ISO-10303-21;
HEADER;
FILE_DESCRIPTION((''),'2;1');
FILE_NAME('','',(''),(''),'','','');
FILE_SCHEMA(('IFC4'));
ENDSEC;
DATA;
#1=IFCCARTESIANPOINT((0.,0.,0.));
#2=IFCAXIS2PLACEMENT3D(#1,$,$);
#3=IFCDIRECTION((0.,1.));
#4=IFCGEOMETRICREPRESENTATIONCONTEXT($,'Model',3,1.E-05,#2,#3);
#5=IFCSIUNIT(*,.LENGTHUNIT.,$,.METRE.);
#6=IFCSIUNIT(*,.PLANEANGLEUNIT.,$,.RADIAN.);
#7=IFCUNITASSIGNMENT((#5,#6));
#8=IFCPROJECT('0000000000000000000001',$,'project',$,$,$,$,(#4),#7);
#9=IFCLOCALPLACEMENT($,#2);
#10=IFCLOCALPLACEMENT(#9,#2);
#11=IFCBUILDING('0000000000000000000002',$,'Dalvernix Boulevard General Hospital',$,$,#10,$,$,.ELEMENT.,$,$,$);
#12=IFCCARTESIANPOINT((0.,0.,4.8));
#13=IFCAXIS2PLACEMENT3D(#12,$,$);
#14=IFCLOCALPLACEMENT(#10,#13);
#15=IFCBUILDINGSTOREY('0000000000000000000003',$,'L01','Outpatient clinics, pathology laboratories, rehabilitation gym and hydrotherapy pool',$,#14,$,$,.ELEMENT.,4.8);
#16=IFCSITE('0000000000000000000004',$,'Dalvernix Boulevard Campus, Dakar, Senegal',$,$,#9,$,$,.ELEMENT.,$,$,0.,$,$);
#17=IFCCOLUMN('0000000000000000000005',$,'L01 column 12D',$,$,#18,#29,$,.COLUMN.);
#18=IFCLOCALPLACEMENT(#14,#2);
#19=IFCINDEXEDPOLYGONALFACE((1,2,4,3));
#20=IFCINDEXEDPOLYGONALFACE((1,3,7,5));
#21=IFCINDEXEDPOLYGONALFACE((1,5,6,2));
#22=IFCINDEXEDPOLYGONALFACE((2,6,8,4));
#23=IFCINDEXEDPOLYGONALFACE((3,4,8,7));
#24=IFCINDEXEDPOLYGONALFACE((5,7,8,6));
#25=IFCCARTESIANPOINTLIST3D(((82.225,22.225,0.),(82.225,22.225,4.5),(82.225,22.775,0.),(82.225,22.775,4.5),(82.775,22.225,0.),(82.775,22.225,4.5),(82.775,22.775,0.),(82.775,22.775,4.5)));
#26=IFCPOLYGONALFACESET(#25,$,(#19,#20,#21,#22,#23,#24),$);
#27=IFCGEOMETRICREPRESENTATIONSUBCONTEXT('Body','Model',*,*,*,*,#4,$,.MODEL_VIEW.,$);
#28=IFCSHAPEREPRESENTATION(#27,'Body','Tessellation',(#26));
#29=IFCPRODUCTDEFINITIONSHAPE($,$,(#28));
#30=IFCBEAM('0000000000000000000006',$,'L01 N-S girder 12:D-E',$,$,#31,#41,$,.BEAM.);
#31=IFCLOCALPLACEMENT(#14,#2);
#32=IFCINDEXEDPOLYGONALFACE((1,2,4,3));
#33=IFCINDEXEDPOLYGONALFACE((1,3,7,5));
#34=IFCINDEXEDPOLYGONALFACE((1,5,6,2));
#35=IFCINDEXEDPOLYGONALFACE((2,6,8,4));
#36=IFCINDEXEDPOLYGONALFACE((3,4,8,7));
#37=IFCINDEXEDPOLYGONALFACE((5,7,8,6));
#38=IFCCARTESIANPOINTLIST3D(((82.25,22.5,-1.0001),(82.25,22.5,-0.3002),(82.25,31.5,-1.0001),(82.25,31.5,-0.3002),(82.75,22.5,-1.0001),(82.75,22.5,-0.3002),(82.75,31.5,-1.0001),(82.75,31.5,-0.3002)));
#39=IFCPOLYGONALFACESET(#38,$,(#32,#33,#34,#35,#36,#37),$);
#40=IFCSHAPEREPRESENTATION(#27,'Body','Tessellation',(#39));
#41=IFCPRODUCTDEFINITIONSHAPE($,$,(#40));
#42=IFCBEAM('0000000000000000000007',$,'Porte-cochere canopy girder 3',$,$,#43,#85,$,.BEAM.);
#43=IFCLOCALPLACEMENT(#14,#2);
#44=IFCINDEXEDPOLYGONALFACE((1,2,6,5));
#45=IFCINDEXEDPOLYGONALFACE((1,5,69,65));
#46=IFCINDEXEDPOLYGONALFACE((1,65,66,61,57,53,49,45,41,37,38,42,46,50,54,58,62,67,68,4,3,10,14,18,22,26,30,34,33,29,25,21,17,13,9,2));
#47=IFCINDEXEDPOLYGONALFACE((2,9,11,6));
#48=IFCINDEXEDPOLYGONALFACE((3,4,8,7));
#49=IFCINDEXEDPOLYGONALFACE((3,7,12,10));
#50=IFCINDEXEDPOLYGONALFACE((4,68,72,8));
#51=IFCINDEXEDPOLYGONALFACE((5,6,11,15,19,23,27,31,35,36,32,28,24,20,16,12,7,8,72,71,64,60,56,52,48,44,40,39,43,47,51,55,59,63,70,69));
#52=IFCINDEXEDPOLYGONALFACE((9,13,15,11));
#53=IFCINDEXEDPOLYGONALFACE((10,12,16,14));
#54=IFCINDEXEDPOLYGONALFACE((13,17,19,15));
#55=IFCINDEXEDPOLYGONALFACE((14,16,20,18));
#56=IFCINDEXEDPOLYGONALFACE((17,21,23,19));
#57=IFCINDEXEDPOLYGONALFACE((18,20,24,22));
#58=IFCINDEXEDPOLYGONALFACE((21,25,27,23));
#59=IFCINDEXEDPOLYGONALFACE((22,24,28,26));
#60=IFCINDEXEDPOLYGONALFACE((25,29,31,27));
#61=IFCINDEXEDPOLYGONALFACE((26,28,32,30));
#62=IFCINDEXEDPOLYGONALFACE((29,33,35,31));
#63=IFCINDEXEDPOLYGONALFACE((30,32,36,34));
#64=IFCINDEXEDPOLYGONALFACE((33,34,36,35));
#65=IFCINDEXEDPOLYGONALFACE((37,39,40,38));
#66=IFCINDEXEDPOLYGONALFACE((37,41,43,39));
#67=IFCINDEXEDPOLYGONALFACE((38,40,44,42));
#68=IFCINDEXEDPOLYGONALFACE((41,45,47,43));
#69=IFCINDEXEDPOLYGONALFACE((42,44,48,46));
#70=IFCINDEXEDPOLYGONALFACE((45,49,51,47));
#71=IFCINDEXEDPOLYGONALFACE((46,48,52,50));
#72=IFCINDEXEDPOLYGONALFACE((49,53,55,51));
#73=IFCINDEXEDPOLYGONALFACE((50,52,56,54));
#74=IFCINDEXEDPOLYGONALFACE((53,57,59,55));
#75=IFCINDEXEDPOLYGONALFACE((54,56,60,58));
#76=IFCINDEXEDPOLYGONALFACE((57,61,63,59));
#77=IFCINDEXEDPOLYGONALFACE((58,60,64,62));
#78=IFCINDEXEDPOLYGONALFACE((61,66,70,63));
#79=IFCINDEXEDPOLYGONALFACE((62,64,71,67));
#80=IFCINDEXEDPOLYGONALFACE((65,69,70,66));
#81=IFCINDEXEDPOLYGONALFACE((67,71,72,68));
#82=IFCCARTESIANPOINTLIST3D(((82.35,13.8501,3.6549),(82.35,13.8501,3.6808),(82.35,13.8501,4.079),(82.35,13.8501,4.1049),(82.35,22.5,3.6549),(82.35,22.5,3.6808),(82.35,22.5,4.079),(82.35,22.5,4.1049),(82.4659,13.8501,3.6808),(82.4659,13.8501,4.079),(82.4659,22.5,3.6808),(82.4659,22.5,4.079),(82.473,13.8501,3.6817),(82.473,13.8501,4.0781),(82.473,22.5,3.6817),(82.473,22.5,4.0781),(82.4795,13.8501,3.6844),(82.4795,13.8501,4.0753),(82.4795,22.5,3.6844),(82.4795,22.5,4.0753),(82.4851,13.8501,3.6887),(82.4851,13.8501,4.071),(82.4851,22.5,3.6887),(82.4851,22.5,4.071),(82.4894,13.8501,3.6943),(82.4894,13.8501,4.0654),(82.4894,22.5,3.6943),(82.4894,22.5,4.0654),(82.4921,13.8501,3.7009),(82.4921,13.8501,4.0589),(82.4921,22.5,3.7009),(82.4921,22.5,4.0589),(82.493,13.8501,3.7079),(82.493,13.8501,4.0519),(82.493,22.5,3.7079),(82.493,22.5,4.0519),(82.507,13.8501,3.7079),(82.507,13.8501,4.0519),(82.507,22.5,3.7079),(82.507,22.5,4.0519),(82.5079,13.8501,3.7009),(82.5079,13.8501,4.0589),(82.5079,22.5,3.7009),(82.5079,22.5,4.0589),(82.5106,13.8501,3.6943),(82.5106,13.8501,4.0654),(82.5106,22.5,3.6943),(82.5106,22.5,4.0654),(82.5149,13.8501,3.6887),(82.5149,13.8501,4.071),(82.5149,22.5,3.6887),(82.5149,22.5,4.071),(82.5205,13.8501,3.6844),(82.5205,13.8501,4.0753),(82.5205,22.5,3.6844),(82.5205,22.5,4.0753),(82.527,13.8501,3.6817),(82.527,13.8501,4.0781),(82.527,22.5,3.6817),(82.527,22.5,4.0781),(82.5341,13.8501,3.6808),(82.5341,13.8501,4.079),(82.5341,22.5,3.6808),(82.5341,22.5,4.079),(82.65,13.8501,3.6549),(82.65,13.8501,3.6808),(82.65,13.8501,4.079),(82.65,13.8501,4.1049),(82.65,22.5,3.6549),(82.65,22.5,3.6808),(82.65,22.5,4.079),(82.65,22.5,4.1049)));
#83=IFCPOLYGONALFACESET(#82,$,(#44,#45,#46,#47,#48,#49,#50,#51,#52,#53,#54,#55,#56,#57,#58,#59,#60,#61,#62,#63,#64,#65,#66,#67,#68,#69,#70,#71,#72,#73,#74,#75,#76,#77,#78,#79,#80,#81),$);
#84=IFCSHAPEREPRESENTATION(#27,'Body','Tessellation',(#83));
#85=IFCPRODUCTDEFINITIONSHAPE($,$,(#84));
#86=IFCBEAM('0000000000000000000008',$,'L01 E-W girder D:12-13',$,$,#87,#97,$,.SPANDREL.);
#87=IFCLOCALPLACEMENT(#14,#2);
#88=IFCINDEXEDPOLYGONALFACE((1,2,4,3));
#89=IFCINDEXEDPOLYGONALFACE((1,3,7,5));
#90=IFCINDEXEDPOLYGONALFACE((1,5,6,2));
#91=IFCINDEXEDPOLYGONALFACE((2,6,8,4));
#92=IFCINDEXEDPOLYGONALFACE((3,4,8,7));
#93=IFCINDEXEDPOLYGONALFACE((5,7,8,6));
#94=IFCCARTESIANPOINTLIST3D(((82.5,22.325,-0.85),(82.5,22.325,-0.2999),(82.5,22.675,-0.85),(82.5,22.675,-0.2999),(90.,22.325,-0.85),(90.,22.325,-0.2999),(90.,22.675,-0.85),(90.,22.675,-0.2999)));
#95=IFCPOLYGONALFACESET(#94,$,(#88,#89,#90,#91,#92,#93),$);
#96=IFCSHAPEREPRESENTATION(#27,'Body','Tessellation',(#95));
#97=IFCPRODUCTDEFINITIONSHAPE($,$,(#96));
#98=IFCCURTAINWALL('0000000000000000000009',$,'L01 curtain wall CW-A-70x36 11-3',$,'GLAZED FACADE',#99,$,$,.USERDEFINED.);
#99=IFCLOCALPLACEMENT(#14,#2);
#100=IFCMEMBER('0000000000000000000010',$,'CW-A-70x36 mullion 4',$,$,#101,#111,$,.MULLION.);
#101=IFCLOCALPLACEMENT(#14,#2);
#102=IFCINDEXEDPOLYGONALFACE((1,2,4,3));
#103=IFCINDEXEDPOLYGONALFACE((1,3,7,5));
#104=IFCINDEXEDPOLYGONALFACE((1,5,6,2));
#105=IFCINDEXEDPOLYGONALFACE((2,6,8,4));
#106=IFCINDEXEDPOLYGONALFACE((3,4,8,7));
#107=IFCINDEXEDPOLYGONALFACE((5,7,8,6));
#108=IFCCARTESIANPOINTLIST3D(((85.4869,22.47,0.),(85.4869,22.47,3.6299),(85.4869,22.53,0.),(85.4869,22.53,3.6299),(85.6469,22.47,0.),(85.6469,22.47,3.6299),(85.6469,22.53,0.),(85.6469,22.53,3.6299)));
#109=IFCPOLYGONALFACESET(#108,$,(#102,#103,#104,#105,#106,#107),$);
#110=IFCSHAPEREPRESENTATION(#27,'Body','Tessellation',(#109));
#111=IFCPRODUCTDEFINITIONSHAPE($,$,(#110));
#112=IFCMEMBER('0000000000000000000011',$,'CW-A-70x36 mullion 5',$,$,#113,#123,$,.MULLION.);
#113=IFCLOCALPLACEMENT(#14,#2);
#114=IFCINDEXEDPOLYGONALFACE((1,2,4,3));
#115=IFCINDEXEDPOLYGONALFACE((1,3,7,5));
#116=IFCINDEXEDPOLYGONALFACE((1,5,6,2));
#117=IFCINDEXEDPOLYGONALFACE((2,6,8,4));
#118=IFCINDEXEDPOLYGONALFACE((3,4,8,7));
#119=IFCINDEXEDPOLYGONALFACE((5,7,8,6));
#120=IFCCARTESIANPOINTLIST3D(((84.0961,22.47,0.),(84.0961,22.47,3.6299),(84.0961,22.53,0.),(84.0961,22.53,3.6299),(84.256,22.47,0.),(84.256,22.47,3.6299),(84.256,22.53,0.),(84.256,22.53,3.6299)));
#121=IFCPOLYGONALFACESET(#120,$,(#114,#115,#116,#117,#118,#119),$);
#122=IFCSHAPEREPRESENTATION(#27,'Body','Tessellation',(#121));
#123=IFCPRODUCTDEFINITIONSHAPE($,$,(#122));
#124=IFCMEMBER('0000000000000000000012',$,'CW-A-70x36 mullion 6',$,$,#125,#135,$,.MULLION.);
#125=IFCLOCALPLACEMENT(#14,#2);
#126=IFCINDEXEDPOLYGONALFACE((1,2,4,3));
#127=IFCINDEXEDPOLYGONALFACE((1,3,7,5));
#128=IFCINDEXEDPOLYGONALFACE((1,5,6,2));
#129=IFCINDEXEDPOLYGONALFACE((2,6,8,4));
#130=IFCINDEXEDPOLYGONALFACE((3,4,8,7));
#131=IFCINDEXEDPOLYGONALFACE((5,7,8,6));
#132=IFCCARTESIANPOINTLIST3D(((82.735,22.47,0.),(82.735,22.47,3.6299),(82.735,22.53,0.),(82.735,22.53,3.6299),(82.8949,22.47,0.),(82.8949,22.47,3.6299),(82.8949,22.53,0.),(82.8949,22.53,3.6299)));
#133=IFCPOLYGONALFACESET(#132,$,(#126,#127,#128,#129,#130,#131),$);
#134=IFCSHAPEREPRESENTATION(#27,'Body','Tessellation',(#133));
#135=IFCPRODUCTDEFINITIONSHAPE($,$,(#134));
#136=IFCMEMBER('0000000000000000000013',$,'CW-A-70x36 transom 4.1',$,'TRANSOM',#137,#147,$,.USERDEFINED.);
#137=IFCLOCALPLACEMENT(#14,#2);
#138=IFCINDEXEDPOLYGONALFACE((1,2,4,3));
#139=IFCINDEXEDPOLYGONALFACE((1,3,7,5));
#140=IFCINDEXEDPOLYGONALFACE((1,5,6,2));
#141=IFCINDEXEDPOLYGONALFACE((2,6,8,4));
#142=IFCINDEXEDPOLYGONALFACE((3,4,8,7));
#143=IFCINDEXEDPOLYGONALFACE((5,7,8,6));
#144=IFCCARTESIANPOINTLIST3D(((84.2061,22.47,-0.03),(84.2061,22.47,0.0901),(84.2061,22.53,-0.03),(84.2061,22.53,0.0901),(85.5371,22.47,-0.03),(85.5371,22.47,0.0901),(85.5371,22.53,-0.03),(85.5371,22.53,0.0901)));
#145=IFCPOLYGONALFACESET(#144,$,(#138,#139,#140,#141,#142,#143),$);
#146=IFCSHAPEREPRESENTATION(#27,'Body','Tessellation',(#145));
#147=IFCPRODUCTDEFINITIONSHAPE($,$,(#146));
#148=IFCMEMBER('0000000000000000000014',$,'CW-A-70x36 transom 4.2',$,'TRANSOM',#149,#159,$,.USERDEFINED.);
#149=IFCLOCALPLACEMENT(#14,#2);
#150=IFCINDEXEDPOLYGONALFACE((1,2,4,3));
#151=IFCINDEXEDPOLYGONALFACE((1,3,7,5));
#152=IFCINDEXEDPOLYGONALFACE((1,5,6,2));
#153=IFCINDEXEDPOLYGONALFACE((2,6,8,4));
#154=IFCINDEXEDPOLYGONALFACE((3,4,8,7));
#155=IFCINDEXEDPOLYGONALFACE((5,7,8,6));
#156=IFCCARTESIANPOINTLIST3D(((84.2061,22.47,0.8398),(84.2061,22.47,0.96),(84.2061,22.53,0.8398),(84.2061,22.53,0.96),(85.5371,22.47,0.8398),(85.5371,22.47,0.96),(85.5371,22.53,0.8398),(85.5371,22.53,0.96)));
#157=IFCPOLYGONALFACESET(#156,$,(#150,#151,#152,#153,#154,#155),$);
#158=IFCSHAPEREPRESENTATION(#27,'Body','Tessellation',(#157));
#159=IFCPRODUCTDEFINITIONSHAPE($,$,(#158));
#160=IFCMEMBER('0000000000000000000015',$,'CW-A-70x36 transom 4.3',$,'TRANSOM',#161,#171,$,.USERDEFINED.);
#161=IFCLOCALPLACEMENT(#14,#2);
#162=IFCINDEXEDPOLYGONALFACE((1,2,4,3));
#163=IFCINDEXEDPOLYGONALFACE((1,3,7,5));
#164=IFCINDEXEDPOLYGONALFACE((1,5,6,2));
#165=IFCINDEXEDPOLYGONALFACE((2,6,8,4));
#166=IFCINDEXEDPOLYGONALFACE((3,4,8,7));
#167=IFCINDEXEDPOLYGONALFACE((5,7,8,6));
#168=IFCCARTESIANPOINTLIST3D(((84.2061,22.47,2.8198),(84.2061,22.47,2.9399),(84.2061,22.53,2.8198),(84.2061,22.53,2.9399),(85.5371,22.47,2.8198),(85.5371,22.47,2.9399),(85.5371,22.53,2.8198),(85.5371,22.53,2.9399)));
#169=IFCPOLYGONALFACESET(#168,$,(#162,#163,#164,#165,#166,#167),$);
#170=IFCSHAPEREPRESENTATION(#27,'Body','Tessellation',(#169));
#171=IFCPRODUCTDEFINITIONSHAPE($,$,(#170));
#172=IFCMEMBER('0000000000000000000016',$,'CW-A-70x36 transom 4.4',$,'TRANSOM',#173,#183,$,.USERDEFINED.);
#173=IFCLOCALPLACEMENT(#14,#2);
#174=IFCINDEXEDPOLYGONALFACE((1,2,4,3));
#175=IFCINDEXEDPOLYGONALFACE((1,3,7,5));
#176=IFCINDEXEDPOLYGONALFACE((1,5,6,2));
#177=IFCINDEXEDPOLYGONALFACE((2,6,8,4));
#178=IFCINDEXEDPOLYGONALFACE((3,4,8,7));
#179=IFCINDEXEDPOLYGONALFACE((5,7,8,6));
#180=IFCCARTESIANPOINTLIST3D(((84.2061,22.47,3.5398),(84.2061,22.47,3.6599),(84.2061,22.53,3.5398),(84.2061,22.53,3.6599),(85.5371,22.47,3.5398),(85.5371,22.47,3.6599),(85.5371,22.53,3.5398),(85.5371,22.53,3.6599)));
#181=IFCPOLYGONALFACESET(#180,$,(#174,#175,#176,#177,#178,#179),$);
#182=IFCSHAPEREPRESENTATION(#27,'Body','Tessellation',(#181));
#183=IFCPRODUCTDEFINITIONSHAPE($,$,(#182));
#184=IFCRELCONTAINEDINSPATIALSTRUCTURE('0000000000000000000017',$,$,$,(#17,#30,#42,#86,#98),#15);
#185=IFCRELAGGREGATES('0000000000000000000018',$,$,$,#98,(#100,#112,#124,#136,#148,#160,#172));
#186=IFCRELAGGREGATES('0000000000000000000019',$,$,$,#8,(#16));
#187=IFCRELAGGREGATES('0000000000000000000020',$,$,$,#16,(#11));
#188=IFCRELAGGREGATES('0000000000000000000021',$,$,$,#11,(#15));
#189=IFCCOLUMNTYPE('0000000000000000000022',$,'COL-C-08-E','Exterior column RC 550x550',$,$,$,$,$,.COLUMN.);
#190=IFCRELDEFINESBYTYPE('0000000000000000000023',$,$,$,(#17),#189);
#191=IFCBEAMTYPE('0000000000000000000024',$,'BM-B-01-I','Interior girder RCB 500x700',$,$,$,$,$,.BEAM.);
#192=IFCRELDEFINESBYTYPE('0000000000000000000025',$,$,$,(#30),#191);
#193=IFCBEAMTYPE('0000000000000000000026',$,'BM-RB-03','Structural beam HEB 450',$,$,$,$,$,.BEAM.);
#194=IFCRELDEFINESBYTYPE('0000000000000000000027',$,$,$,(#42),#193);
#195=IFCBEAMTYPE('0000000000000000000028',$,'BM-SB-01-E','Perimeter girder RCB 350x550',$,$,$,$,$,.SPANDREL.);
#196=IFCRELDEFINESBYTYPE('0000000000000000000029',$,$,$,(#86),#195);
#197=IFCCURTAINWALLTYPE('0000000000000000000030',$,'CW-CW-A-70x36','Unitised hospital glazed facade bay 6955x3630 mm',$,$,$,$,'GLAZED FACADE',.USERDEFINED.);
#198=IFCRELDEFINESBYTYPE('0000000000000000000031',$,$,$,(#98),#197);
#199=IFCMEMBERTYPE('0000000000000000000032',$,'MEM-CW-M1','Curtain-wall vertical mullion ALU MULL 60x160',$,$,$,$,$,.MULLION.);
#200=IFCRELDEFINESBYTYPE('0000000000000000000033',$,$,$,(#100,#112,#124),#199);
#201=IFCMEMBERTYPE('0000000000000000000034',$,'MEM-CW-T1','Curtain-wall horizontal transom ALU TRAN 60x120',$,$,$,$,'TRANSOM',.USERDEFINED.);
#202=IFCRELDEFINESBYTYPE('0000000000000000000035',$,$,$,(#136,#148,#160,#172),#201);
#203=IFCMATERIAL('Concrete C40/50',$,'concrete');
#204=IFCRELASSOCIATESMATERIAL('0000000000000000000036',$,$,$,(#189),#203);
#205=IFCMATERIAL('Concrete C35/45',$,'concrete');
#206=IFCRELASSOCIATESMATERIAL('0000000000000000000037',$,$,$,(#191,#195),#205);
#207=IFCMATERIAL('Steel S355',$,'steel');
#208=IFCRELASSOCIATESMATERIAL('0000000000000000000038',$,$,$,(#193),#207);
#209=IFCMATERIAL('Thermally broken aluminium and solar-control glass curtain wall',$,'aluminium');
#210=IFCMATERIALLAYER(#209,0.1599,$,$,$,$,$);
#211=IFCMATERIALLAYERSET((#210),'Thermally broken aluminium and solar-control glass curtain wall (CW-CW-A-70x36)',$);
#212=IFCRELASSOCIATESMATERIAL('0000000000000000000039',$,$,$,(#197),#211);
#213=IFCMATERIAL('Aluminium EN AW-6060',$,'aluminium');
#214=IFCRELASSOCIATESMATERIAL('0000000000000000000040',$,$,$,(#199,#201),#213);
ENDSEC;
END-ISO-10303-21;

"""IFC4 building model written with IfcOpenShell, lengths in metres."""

from ifc_helpers import new_model, si_unit, direction, frame, origin, origin_2d, place, context, subcontext, project, spatial, rectangle, i_section, extrude, material, layer, layer_set, material_profile, profile_set, type_object, element, aggregate, save


model = new_model("IFC4")

# Units and contexts
model_context = context("Model", 3, precision=1e-05, world=origin(), true_north=direction((0.0, 1.0)))
body_context = subcontext(model_context, "Body", "Model", "MODEL_VIEW")
ifc_project = project(units=[si_unit("LENGTHUNIT", "METRE"), si_unit("PLANEANGLEUNIT", "RADIAN")], contexts=[model_context])

# Site, building, storey
site_placement = place(None, origin())
site = spatial("IfcSite", under=ifc_project, at=site_placement, Name="Dalvernix Boulevard Campus, Dakar, Senegal", CompositionType="ELEMENT", RefElevation=0.0)
building_placement = place(site_placement, origin())
building = spatial("IfcBuilding", under=site, at=building_placement, Name="Dalvernix Boulevard General Hospital", CompositionType="ELEMENT")
storey_placement = place(building_placement, frame((0.0, 0.0, 4.8)))
storey = spatial("IfcBuildingStorey", under=building, at=storey_placement, Name="L01", Description="Outpatient clinics, pathology laboratories, rehabilitation gym and hydrotherapy pool", CompositionType="ELEMENT", Elevation=4.8)

# Column
ifc_material_1 = material(Name="Concrete C40/50", Category="concrete")
ifc_material_profile_1 = material_profile(ifc_material_1, rectangle(XDim=0.55, YDim=0.55, at=origin_2d()), Name="RC 550x550")
ifc_profile_set_1 = profile_set([ifc_material_profile_1], Name="Concrete C40/50")
column_type = type_object("IfcColumnType", Name="COL-C-08-E", Description="Exterior column RC 550x550", PredefinedType="COLUMN", material=ifc_profile_set_1)
column_placement = place(storey_placement, frame((82.5, 22.5, 0.0), z_axis=(0.0, 0.0, 1.0), x_axis=(1.0, 0.0, 0.0)))
element("IfcColumn", 1, at=column_placement, inside=storey, type_object=column_type, Name="L01 column 12D", PredefinedType="COLUMN", context=body_context, shape_type="SweptSolid", body=[
    extrude(rectangle(XDim=0.55, YDim=0.55, at=origin_2d()), origin(), (0.0, 0.0, 1.0), 4.5),
])

# Beams
ifc_material_2 = material(Name="Concrete C35/45", Category="concrete")
ifc_material_profile_2 = material_profile(ifc_material_2, rectangle(XDim=0.5, YDim=0.7, at=origin_2d()), Name="RCB 500x700")
ifc_profile_set_2 = profile_set([ifc_material_profile_2], Name="Concrete C35/45")
beam_type_1 = type_object("IfcBeamType", Name="BM-B-01-I", Description="Interior girder RCB 500x700", PredefinedType="BEAM", material=ifc_profile_set_2)
beam_1_placement = place(storey_placement, frame((82.5, 22.5, -0.6501), z_axis=(0.0, 1.0, 0.0), x_axis=(-1.0, 0.0, 0.0)))
element("IfcBeam", 2, at=beam_1_placement, inside=storey, type_object=beam_type_1, Name="L01 N-S girder 12:D-E", PredefinedType="BEAM", context=body_context, shape_type="SweptSolid", body=[
    extrude(rectangle(XDim=0.5, YDim=0.7, at=origin_2d()), origin(), (0.0, 0.0, 1.0), 9.0),
])
ifc_material_3 = material(Name="Steel S355", Category="steel")
ifc_material_profile_3 = material_profile(ifc_material_3, i_section(OverallWidth=0.3, OverallDepth=0.45, WebThickness=0.0139, FlangeThickness=0.0259, FilletRadius=0.0271, at=origin_2d()), Name="HEB 450")
ifc_profile_set_3 = profile_set([ifc_material_profile_3], Name="Steel S355")
beam_type_2 = type_object("IfcBeamType", Name="BM-RB-03", Description="Structural beam HEB 450", PredefinedType="BEAM", material=ifc_profile_set_3)
beam_2_placement = place(storey_placement, frame((82.5, 22.5, 3.8799), z_axis=(0.0, -1.0, 0.0), x_axis=(1.0, 0.0, 0.0)))
element("IfcBeam", 3, at=beam_2_placement, inside=storey, type_object=beam_type_2, Name="Porte-cochere canopy girder 3", PredefinedType="BEAM", context=body_context, shape_type="SweptSolid", body=[
    extrude(i_section(OverallWidth=0.3, OverallDepth=0.45, WebThickness=0.0139, FlangeThickness=0.0259, FilletRadius=0.0271, at=origin_2d()), origin(), (0.0, 0.0, 1.0), 8.6499),
])
ifc_material_profile_4 = material_profile(ifc_material_2, rectangle(XDim=0.3501, YDim=0.55, at=origin_2d()), Name="RCB 350x550")
ifc_profile_set_4 = profile_set([ifc_material_profile_4], Name="Concrete C35/45")
beam_type_3 = type_object("IfcBeamType", Name="BM-SB-01-E", Description="Perimeter girder RCB 350x550", PredefinedType="SPANDREL", material=ifc_profile_set_4)
beam_3_placement = place(storey_placement, frame((82.5, 22.5, -0.575), z_axis=(1.0, 0.0, 0.0), x_axis=(0.0, 1.0, 0.0)))
element("IfcBeam", 4, at=beam_3_placement, inside=storey, type_object=beam_type_3, Name="L01 E-W girder D:12-13", PredefinedType="SPANDREL", context=body_context, shape_type="SweptSolid", body=[
    extrude(rectangle(XDim=0.3501, YDim=0.55, at=origin_2d()), origin(), (0.0, 0.0, 1.0), 7.5),
])

# Curtain wall, members
ifc_material_4 = material(Name="Thermally broken aluminium and solar-control glass curtain wall", Category="aluminium")
ifc_layer_1 = layer(ifc_material_4, 0.1599)
ifc_layer_set_1 = layer_set([ifc_layer_1], Name="Thermally broken aluminium and solar-control glass curtain wall (CW-CW-A-70x36)")
curtain_wall_type = type_object("IfcCurtainWallType", Name="CW-CW-A-70x36", Description="Unitised hospital glazed facade bay 6955x3630 mm", ElementType="GLAZED FACADE", PredefinedType="USERDEFINED", material=ifc_layer_set_1)
curtain_wall_placement = place(storey_placement, origin())
curtain_wall = element("IfcCurtainWall", 5, at=curtain_wall_placement, inside=storey, type_object=curtain_wall_type, Name="L01 curtain wall CW-A-70x36 11-3", ObjectType="GLAZED FACADE", PredefinedType="USERDEFINED")
ifc_material_5 = material(Name="Aluminium EN AW-6060", Category="aluminium")
ifc_material_profile_5 = material_profile(ifc_material_5, rectangle(XDim=0.0601, YDim=0.1599, at=origin_2d()), Name="ALU MULL 60x160")
ifc_profile_set_5 = profile_set([ifc_material_profile_5], Name="Aluminium EN AW-6060")
member_type_1 = type_object("IfcMemberType", Name="MEM-CW-M1", Description="Curtain-wall vertical mullion ALU MULL 60x160", PredefinedType="MULLION", material=ifc_profile_set_5)
member_1_placement = place(storey_placement, frame((85.5669, 22.5, 0.0), z_axis=(0.0, 0.0, 1.0), x_axis=(0.0, -1.0, 0.0)))
member_1 = element("IfcMember", 6, at=member_1_placement, type_object=member_type_1, Name="CW-A-70x36 mullion 4", PredefinedType="MULLION", context=body_context, shape_type="SweptSolid", body=[
    extrude(rectangle(XDim=0.0601, YDim=0.1599, at=origin_2d()), origin(), (0.0, 0.0, 1.0), 3.6299),
])
member_2_placement = place(storey_placement, frame((84.176, 22.5, 0.0), z_axis=(0.0, 0.0, 1.0), x_axis=(0.0, -1.0, 0.0)))
member_2 = element("IfcMember", 7, at=member_2_placement, type_object=member_type_1, Name="CW-A-70x36 mullion 5", PredefinedType="MULLION", context=body_context, shape_type="SweptSolid", body=[
    extrude(rectangle(XDim=0.0601, YDim=0.1599, at=origin_2d()), origin(), (0.0, 0.0, 1.0), 3.6299),
])
member_3_placement = place(storey_placement, frame((82.8149, 22.5, 0.0), z_axis=(0.0, 0.0, 1.0), x_axis=(0.0, -1.0, 0.0)))
member_3 = element("IfcMember", 8, at=member_3_placement, type_object=member_type_1, Name="CW-A-70x36 mullion 6", PredefinedType="MULLION", context=body_context, shape_type="SweptSolid", body=[
    extrude(rectangle(XDim=0.0601, YDim=0.1599, at=origin_2d()), origin(), (0.0, 0.0, 1.0), 3.6299),
])
ifc_material_profile_6 = material_profile(ifc_material_5, rectangle(XDim=0.0601, YDim=0.1201, at=origin_2d()), Name="ALU TRAN 60x120")
ifc_profile_set_6 = profile_set([ifc_material_profile_6], Name="Aluminium EN AW-6060")
member_type_2 = type_object("IfcMemberType", Name="MEM-CW-T1", Description="Curtain-wall horizontal transom ALU TRAN 60x120", ElementType="TRANSOM", PredefinedType="USERDEFINED", material=ifc_profile_set_6)
member_4_placement = place(storey_placement, frame((85.5371, 22.5, 0.03), z_axis=(-1.0, 0.0, 0.0), x_axis=(0.0, -1.0, 0.0)))
member_4 = element("IfcMember", 9, at=member_4_placement, type_object=member_type_2, Name="CW-A-70x36 transom 4.1", ObjectType="TRANSOM", PredefinedType="USERDEFINED", context=body_context, shape_type="SweptSolid", body=[
    extrude(rectangle(XDim=0.0601, YDim=0.1201, at=origin_2d()), origin(), (0.0, 0.0, 1.0), 1.3311),
])
member_5_placement = place(storey_placement, frame((85.5371, 22.5, 0.8999), z_axis=(-1.0, 0.0, 0.0), x_axis=(0.0, -1.0, 0.0)))
member_5 = element("IfcMember", 10, at=member_5_placement, type_object=member_type_2, Name="CW-A-70x36 transom 4.2", ObjectType="TRANSOM", PredefinedType="USERDEFINED", context=body_context, shape_type="SweptSolid", body=[
    extrude(rectangle(XDim=0.0601, YDim=0.1201, at=origin_2d()), origin(), (0.0, 0.0, 1.0), 1.3311),
])
member_6_placement = place(storey_placement, frame((85.5371, 22.5, 2.8799), z_axis=(-1.0, 0.0, 0.0), x_axis=(0.0, -1.0, 0.0)))
member_6 = element("IfcMember", 11, at=member_6_placement, type_object=member_type_2, Name="CW-A-70x36 transom 4.3", ObjectType="TRANSOM", PredefinedType="USERDEFINED", context=body_context, shape_type="SweptSolid", body=[
    extrude(rectangle(XDim=0.0601, YDim=0.1201, at=origin_2d()), origin(), (0.0, 0.0, 1.0), 1.3311),
])
member_7_placement = place(storey_placement, frame((85.5371, 22.5, 3.5999), z_axis=(-1.0, 0.0, 0.0), x_axis=(0.0, -1.0, 0.0)))
member_7 = element("IfcMember", 12, at=member_7_placement, type_object=member_type_2, Name="CW-A-70x36 transom 4.4", ObjectType="TRANSOM", PredefinedType="USERDEFINED", context=body_context, shape_type="SweptSolid", body=[
    extrude(rectangle(XDim=0.0601, YDim=0.1201, at=origin_2d()), origin(), (0.0, 0.0, 1.0), 1.3311),
])
aggregate(curtain_wall, [member_1, member_2, member_3, member_4, member_5, member_6, member_7])

save(model, "model.ifc")
